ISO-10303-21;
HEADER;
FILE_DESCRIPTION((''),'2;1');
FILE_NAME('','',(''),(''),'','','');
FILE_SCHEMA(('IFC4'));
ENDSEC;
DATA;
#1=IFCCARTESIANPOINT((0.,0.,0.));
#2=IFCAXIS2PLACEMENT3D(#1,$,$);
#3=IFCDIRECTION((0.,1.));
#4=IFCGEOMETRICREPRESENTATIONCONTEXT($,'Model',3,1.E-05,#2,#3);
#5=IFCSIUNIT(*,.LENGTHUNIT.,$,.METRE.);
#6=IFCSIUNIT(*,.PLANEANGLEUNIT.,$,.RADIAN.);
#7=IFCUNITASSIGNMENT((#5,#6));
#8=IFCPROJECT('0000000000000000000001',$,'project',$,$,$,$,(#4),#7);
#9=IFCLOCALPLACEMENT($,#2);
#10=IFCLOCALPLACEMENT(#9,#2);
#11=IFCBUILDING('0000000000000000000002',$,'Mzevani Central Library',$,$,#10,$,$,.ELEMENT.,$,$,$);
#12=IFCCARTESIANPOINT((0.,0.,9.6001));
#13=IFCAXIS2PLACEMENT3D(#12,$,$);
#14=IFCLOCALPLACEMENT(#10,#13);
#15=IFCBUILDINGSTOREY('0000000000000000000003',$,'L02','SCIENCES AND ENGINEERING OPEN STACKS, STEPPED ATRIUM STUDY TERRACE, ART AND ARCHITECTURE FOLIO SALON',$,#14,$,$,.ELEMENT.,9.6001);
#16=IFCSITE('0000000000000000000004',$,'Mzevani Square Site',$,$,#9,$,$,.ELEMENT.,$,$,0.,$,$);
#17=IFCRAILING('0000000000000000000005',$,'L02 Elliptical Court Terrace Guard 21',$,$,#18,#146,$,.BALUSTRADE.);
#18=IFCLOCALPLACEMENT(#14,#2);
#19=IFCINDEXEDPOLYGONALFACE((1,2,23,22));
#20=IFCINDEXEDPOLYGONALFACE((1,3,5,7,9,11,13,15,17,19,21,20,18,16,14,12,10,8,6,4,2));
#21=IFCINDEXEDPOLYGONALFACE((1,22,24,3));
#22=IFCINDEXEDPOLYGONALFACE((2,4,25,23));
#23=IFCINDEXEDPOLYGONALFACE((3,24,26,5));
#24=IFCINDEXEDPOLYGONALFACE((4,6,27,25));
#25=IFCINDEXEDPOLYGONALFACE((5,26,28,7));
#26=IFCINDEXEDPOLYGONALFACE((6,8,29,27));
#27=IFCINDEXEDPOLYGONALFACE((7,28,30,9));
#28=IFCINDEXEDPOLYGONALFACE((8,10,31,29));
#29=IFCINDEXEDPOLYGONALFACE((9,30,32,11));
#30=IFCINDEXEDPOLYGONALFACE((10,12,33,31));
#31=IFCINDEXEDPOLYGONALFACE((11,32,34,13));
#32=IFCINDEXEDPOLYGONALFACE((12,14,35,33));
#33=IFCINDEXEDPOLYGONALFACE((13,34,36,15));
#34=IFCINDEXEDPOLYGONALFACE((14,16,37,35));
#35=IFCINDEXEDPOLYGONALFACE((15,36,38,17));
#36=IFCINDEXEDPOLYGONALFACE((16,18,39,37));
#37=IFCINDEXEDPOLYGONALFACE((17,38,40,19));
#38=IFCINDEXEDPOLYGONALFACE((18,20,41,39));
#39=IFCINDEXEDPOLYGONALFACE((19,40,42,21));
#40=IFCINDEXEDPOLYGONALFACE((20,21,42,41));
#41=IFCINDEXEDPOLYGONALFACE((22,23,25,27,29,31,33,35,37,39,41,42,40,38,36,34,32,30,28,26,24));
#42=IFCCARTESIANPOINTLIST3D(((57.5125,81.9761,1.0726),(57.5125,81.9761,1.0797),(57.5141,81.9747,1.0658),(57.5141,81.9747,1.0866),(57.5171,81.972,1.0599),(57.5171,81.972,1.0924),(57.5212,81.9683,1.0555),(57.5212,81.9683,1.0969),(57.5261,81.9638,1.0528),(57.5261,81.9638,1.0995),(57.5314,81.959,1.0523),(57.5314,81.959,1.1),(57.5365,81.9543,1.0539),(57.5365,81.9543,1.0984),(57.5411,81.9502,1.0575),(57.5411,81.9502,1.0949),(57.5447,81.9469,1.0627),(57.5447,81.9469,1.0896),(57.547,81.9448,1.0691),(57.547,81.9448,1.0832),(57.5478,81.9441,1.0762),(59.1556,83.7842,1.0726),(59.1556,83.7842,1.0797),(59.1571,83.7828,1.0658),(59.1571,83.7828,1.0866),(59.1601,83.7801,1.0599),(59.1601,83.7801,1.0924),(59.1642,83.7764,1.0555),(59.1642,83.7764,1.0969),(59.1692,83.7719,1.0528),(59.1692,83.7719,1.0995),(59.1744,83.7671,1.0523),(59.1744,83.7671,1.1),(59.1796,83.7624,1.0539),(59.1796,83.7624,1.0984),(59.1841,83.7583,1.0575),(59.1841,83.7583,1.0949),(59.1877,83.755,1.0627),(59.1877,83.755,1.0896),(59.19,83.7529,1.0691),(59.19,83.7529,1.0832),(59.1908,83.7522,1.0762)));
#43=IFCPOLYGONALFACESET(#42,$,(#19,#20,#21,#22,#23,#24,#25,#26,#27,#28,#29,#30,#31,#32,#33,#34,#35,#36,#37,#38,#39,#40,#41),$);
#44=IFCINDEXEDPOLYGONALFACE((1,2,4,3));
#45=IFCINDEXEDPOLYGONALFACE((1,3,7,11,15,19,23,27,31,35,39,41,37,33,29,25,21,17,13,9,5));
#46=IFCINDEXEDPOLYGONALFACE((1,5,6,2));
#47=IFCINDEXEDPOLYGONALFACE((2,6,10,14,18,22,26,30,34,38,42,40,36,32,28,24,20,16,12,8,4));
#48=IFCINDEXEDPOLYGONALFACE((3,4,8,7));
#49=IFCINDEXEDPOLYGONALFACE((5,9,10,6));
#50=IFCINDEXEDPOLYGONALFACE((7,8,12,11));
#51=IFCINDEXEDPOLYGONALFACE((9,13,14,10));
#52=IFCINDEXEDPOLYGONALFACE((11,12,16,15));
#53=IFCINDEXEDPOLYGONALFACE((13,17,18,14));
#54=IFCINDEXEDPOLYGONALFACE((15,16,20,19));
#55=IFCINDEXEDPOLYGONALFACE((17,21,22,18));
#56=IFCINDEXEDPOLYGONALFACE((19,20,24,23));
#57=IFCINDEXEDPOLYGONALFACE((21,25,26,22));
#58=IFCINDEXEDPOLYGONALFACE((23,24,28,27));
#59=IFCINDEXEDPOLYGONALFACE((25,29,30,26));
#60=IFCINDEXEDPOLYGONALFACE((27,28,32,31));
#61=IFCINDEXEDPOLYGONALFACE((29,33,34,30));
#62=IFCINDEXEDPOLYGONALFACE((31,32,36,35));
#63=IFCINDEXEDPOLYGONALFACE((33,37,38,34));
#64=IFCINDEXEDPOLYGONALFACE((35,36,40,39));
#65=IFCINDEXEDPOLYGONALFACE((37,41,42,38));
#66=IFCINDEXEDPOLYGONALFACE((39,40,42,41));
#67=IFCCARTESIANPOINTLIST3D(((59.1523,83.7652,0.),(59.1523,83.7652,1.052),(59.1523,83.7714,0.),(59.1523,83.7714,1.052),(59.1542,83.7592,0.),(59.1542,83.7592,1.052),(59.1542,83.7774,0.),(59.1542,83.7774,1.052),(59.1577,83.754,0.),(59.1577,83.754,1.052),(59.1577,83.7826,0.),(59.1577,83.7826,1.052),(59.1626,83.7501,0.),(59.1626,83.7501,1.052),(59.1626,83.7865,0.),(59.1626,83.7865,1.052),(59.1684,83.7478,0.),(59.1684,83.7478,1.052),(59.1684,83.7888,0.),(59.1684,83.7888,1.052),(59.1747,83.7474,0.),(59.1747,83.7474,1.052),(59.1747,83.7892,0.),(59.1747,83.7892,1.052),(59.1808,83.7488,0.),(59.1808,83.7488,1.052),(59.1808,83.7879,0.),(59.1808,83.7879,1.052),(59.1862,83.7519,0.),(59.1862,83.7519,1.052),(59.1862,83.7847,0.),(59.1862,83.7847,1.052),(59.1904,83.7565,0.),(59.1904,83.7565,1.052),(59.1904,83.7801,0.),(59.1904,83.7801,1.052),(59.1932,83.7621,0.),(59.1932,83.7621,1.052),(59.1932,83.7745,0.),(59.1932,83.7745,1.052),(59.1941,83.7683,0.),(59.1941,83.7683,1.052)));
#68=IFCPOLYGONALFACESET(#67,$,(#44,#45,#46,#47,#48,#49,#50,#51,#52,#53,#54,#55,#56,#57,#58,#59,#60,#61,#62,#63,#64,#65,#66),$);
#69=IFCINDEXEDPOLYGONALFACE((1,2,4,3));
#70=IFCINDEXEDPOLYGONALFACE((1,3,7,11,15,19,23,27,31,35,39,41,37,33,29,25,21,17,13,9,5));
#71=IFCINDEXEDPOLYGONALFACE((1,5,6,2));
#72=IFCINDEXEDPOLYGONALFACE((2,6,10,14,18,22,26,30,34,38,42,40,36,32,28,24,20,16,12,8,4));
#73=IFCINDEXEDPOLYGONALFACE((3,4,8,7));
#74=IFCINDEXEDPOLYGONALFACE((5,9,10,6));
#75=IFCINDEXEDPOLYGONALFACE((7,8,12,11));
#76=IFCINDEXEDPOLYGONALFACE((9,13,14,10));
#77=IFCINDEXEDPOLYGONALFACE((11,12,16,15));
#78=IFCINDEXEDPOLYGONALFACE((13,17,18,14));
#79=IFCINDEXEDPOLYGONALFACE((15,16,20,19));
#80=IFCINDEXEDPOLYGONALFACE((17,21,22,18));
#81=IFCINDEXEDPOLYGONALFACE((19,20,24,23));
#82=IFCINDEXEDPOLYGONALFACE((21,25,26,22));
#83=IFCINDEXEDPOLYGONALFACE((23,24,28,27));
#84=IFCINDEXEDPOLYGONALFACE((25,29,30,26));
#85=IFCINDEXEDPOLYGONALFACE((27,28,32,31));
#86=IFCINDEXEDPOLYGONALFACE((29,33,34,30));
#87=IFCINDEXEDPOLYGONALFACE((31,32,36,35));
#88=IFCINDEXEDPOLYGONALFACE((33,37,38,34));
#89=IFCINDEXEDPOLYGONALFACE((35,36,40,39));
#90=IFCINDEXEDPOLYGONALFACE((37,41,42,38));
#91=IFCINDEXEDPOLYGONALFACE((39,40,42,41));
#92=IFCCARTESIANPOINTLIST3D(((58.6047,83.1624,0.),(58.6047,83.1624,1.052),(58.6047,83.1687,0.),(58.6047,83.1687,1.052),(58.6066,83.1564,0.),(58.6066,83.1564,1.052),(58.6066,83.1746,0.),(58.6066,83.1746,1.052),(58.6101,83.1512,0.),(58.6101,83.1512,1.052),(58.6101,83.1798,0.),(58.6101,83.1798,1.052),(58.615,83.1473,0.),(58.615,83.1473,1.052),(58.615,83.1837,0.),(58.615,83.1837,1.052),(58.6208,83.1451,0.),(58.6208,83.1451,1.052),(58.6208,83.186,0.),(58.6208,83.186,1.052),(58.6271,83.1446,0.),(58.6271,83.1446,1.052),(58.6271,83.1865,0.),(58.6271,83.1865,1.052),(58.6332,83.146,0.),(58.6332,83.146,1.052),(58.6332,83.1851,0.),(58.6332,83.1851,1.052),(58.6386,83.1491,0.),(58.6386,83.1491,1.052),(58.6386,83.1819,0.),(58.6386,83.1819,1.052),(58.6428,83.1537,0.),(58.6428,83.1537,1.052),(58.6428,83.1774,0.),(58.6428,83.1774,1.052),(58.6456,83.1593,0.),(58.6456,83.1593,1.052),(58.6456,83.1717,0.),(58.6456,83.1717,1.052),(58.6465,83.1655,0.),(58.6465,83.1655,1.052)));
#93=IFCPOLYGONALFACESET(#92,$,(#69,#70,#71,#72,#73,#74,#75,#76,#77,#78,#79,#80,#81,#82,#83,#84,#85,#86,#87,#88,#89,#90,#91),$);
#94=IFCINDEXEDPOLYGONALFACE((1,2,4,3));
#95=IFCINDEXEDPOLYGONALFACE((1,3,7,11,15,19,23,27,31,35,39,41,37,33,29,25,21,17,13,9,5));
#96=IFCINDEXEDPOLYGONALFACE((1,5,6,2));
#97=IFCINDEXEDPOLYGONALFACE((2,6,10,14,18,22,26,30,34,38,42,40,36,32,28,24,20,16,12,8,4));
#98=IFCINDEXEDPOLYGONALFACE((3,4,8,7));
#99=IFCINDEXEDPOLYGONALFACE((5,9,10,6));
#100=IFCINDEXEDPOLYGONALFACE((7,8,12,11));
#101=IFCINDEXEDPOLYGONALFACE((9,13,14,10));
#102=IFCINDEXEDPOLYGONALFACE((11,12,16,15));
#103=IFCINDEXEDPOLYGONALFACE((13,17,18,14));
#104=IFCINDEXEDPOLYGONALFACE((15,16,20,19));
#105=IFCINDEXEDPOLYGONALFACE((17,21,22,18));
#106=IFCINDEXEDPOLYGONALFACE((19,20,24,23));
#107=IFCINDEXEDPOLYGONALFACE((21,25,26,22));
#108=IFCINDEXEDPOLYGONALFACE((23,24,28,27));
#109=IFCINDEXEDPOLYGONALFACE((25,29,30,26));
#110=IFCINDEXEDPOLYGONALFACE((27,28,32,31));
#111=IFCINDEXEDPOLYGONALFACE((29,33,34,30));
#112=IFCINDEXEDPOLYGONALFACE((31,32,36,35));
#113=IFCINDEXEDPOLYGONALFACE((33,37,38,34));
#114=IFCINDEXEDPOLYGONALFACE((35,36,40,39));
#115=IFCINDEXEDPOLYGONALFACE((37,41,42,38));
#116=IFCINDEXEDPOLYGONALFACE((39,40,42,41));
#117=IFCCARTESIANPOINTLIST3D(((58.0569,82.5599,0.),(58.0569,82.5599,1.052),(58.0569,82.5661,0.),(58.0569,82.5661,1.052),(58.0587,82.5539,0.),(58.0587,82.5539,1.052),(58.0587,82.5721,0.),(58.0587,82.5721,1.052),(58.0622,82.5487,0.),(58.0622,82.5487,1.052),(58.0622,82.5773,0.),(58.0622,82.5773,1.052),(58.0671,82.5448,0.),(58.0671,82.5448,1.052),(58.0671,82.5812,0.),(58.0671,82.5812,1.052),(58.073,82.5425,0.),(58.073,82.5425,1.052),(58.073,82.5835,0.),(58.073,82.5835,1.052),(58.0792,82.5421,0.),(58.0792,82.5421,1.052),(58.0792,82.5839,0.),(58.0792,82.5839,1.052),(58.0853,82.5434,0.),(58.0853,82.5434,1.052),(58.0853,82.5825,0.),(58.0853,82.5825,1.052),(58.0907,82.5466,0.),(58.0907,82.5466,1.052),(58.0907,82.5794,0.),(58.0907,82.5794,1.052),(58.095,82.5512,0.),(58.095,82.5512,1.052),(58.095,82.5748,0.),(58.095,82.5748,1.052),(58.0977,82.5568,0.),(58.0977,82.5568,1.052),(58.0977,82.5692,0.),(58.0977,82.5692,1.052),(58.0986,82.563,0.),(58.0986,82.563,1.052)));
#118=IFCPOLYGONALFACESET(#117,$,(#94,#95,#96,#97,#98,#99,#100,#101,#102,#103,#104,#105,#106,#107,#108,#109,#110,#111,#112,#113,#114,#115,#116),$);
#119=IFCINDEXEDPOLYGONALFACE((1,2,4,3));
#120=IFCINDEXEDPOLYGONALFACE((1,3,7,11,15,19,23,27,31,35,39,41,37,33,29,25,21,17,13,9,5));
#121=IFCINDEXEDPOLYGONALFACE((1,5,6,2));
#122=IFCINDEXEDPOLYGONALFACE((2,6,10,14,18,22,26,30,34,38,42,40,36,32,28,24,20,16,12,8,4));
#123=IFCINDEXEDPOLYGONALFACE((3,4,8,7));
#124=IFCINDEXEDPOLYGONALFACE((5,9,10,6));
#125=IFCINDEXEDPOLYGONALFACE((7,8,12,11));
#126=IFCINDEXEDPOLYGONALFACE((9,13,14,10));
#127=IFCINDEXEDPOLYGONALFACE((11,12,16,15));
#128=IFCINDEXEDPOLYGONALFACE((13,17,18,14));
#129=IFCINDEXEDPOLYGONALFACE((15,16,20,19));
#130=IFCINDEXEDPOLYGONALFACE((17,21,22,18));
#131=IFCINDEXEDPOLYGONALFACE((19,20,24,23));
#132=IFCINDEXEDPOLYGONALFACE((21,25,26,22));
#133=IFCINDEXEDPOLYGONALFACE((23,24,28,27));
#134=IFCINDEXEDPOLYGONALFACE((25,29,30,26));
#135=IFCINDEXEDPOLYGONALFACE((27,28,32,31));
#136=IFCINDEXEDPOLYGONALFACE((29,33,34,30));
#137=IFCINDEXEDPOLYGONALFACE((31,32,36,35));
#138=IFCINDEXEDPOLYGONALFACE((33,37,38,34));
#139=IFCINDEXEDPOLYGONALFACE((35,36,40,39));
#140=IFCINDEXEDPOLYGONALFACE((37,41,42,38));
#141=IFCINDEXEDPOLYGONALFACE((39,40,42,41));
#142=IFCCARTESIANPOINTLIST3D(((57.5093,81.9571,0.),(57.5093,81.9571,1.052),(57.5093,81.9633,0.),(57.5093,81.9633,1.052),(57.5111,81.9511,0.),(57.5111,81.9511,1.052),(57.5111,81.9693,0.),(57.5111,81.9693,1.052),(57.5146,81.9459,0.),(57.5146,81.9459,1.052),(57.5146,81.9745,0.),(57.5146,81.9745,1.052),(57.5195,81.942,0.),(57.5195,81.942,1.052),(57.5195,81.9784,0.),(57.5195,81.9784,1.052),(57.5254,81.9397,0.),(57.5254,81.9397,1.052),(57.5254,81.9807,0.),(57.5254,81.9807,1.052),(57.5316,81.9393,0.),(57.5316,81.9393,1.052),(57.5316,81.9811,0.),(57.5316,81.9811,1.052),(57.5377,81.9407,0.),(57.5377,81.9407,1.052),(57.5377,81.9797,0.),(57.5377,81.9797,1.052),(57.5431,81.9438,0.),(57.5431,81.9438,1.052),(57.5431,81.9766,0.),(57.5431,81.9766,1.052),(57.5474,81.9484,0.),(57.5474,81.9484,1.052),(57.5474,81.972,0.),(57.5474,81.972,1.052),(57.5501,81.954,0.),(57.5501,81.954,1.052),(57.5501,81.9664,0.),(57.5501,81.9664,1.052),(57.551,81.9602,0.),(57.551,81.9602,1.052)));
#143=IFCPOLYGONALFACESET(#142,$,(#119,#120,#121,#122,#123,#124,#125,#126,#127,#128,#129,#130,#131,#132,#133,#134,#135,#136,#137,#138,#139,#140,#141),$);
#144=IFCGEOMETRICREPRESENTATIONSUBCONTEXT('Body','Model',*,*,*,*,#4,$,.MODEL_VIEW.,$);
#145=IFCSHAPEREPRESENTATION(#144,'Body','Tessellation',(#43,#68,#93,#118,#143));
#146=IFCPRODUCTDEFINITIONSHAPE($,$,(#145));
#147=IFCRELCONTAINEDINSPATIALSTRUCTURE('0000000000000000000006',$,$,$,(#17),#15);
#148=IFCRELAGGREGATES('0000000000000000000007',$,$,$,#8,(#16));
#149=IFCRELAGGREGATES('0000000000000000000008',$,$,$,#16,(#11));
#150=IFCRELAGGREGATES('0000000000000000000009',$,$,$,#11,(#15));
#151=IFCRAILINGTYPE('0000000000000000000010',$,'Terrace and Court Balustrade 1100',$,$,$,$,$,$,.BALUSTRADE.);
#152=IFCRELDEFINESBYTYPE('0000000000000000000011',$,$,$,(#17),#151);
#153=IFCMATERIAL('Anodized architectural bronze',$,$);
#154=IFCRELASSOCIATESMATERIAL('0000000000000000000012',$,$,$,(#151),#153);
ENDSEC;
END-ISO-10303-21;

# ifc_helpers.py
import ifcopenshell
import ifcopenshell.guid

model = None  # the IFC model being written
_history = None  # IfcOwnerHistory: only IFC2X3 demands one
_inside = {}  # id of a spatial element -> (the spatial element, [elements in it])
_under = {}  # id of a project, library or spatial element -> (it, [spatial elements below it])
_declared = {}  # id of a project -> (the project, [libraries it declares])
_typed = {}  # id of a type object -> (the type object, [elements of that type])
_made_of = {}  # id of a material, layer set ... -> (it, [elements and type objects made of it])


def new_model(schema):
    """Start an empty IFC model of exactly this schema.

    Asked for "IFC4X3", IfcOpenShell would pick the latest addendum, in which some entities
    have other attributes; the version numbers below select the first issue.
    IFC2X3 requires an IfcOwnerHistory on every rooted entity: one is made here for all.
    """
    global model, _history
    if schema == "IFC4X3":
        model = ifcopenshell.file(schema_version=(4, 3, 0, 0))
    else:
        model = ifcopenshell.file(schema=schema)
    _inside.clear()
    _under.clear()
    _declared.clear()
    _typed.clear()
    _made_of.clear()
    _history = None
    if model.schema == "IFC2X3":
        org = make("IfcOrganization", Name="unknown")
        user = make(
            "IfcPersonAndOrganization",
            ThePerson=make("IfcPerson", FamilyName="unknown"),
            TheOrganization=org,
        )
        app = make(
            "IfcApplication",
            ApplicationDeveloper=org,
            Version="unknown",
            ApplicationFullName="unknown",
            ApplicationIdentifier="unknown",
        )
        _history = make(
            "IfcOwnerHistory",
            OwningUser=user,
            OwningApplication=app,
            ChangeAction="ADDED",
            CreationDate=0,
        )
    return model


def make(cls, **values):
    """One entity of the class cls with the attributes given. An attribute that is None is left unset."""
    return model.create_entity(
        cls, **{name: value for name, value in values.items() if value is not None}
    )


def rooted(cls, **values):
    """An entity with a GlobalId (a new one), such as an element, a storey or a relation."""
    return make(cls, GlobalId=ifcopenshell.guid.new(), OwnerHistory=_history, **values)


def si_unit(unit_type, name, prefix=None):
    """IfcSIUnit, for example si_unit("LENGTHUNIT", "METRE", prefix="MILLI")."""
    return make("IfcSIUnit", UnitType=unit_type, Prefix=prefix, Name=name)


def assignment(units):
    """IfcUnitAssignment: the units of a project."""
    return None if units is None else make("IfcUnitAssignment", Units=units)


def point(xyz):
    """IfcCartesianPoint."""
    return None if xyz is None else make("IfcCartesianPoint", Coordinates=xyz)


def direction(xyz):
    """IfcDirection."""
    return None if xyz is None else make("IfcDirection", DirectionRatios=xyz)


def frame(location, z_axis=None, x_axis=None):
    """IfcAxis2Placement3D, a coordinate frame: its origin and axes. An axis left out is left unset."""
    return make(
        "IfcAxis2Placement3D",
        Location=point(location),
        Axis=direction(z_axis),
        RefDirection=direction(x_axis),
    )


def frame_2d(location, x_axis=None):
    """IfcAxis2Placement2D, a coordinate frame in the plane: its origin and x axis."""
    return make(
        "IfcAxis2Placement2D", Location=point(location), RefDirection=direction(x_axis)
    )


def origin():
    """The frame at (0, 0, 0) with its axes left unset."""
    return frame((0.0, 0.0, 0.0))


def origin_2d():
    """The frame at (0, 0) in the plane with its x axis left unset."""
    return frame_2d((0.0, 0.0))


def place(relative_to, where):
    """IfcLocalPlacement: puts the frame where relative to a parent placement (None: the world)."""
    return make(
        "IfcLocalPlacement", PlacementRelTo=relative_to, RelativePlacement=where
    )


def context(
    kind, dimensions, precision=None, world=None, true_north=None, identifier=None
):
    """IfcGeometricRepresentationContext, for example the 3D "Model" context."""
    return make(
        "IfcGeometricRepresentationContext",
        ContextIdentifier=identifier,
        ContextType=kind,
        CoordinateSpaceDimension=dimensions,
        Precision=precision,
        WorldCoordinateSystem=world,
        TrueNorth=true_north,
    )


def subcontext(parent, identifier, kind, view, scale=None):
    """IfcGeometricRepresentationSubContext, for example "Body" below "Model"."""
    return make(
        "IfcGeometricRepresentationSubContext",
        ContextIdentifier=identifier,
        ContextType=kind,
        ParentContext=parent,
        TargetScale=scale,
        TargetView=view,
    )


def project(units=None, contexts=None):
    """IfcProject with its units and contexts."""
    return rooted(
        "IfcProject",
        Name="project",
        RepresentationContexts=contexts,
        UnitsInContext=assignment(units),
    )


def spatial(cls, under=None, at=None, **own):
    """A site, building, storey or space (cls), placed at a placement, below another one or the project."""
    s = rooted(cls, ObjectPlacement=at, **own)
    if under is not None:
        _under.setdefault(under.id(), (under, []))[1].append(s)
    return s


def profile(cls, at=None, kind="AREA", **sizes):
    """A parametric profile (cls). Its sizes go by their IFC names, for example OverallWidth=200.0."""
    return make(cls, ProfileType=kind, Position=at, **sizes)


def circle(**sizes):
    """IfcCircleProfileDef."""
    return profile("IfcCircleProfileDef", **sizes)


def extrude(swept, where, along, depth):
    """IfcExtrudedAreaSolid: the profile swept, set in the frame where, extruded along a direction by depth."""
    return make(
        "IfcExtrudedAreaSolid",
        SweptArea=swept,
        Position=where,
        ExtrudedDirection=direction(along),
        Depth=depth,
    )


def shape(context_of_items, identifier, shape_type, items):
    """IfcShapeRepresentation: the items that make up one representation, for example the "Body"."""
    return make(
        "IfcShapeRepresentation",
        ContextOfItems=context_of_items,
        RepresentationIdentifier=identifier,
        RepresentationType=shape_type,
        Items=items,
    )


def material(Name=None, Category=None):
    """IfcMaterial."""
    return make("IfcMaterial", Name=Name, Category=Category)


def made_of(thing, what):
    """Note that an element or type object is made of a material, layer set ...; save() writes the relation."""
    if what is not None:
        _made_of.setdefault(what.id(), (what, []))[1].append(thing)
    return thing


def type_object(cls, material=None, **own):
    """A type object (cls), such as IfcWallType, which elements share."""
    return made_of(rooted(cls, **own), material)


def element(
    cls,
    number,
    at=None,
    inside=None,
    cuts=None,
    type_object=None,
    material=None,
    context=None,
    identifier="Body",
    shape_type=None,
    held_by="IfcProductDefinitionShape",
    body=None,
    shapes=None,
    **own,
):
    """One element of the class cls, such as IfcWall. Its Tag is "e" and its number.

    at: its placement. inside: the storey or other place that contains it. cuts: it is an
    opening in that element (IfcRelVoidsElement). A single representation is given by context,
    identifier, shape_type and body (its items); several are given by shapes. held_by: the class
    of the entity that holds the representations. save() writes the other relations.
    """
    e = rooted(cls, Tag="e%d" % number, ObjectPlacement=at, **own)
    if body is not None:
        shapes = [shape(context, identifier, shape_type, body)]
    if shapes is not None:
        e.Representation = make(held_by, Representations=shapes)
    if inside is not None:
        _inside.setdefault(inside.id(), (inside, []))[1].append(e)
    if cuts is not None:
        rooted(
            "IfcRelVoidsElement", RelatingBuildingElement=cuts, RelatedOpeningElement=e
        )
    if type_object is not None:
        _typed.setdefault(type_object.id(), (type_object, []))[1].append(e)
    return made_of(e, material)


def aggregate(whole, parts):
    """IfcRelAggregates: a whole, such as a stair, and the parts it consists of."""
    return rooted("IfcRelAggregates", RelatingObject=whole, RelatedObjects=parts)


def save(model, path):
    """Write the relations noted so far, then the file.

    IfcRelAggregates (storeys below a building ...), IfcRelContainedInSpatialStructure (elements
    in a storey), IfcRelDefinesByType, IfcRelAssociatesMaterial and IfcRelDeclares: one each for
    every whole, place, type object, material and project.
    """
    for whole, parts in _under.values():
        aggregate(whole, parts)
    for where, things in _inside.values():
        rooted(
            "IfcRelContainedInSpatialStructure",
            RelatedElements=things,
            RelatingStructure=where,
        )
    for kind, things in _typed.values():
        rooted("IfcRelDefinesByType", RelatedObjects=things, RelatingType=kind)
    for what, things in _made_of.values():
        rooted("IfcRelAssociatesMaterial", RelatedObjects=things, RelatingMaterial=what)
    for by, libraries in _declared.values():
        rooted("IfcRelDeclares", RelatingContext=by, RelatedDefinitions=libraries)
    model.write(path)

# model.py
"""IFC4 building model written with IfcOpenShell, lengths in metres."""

from ifc_helpers import new_model, si_unit, direction, frame, origin, origin_2d, place, context, subcontext, project, spatial, circle, extrude, material, type_object, element, save


model = new_model("IFC4")

# Units and contexts
model_context = context("Model", 3, precision=1e-05, world=origin(), true_north=direction((0.0, 1.0)))
body_context = subcontext(model_context, "Body", "Model", "MODEL_VIEW")
ifc_project = project(units=[si_unit("LENGTHUNIT", "METRE"), si_unit("PLANEANGLEUNIT", "RADIAN")], contexts=[model_context])

# Site, building, storey
site_placement = place(None, origin())
site = spatial("IfcSite", under=ifc_project, at=site_placement, Name="Mzevani Square Site", CompositionType="ELEMENT", RefElevation=0.0)
building_placement = place(site_placement, origin())
building = spatial("IfcBuilding", under=site, at=building_placement, Name="Mzevani Central Library", CompositionType="ELEMENT")
storey_placement = place(building_placement, frame((0.0, 0.0, 9.6001)))
storey = spatial("IfcBuildingStorey", under=building, at=storey_placement, Name="L02", Description="SCIENCES AND ENGINEERING OPEN STACKS, STEPPED ATRIUM STUDY TERRACE, ART AND ARCHITECTURE FOLIO SALON", CompositionType="ELEMENT", Elevation=9.6001)

# Railing
ifc_material_1 = material(Name="Anodized architectural bronze")
railing_type = type_object("IfcRailingType", Name="Terrace and Court Balustrade 1100", PredefinedType="BALUSTRADE", material=ifc_material_1)
railing_1_placement = place(storey_placement, frame((59.1731, 83.7683, 0.0)))
element("IfcRailing", 1, at=railing_1_placement, inside=storey, type_object=railing_type, Name="L02 Elliptical Court Terrace Guard 21", PredefinedType="BALUSTRADE", context=body_context, shape_type="SweptSolid", body=[
    extrude(circle(Radius=0.0239, at=origin_2d()), frame((0.0, 0.0, 1.0762), z_axis=(-0.672524, -0.740076, 0.0), x_axis=(0.740076, -0.672524, 0.0)), (0.0, 0.0, 1.0), 2.4431),
    extrude(circle(Radius=0.021, at=origin_2d()), origin(), (0.0, 0.0, 1.0), 1.052),
    extrude(circle(Radius=0.021, at=origin_2d()), frame((-0.5476, -0.6028, 0.0)), (0.0, 0.0, 1.0), 1.052),
    extrude(circle(Radius=0.021, at=origin_2d()), frame((-1.0955, -1.2053, 0.0)), (0.0, 0.0, 1.0), 1.052),
    extrude(circle(Radius=0.021, at=origin_2d()), frame((-1.6431, -1.8081, 0.0)), (0.0, 0.0, 1.0), 1.052),
])

save(model, "model.ifc")
